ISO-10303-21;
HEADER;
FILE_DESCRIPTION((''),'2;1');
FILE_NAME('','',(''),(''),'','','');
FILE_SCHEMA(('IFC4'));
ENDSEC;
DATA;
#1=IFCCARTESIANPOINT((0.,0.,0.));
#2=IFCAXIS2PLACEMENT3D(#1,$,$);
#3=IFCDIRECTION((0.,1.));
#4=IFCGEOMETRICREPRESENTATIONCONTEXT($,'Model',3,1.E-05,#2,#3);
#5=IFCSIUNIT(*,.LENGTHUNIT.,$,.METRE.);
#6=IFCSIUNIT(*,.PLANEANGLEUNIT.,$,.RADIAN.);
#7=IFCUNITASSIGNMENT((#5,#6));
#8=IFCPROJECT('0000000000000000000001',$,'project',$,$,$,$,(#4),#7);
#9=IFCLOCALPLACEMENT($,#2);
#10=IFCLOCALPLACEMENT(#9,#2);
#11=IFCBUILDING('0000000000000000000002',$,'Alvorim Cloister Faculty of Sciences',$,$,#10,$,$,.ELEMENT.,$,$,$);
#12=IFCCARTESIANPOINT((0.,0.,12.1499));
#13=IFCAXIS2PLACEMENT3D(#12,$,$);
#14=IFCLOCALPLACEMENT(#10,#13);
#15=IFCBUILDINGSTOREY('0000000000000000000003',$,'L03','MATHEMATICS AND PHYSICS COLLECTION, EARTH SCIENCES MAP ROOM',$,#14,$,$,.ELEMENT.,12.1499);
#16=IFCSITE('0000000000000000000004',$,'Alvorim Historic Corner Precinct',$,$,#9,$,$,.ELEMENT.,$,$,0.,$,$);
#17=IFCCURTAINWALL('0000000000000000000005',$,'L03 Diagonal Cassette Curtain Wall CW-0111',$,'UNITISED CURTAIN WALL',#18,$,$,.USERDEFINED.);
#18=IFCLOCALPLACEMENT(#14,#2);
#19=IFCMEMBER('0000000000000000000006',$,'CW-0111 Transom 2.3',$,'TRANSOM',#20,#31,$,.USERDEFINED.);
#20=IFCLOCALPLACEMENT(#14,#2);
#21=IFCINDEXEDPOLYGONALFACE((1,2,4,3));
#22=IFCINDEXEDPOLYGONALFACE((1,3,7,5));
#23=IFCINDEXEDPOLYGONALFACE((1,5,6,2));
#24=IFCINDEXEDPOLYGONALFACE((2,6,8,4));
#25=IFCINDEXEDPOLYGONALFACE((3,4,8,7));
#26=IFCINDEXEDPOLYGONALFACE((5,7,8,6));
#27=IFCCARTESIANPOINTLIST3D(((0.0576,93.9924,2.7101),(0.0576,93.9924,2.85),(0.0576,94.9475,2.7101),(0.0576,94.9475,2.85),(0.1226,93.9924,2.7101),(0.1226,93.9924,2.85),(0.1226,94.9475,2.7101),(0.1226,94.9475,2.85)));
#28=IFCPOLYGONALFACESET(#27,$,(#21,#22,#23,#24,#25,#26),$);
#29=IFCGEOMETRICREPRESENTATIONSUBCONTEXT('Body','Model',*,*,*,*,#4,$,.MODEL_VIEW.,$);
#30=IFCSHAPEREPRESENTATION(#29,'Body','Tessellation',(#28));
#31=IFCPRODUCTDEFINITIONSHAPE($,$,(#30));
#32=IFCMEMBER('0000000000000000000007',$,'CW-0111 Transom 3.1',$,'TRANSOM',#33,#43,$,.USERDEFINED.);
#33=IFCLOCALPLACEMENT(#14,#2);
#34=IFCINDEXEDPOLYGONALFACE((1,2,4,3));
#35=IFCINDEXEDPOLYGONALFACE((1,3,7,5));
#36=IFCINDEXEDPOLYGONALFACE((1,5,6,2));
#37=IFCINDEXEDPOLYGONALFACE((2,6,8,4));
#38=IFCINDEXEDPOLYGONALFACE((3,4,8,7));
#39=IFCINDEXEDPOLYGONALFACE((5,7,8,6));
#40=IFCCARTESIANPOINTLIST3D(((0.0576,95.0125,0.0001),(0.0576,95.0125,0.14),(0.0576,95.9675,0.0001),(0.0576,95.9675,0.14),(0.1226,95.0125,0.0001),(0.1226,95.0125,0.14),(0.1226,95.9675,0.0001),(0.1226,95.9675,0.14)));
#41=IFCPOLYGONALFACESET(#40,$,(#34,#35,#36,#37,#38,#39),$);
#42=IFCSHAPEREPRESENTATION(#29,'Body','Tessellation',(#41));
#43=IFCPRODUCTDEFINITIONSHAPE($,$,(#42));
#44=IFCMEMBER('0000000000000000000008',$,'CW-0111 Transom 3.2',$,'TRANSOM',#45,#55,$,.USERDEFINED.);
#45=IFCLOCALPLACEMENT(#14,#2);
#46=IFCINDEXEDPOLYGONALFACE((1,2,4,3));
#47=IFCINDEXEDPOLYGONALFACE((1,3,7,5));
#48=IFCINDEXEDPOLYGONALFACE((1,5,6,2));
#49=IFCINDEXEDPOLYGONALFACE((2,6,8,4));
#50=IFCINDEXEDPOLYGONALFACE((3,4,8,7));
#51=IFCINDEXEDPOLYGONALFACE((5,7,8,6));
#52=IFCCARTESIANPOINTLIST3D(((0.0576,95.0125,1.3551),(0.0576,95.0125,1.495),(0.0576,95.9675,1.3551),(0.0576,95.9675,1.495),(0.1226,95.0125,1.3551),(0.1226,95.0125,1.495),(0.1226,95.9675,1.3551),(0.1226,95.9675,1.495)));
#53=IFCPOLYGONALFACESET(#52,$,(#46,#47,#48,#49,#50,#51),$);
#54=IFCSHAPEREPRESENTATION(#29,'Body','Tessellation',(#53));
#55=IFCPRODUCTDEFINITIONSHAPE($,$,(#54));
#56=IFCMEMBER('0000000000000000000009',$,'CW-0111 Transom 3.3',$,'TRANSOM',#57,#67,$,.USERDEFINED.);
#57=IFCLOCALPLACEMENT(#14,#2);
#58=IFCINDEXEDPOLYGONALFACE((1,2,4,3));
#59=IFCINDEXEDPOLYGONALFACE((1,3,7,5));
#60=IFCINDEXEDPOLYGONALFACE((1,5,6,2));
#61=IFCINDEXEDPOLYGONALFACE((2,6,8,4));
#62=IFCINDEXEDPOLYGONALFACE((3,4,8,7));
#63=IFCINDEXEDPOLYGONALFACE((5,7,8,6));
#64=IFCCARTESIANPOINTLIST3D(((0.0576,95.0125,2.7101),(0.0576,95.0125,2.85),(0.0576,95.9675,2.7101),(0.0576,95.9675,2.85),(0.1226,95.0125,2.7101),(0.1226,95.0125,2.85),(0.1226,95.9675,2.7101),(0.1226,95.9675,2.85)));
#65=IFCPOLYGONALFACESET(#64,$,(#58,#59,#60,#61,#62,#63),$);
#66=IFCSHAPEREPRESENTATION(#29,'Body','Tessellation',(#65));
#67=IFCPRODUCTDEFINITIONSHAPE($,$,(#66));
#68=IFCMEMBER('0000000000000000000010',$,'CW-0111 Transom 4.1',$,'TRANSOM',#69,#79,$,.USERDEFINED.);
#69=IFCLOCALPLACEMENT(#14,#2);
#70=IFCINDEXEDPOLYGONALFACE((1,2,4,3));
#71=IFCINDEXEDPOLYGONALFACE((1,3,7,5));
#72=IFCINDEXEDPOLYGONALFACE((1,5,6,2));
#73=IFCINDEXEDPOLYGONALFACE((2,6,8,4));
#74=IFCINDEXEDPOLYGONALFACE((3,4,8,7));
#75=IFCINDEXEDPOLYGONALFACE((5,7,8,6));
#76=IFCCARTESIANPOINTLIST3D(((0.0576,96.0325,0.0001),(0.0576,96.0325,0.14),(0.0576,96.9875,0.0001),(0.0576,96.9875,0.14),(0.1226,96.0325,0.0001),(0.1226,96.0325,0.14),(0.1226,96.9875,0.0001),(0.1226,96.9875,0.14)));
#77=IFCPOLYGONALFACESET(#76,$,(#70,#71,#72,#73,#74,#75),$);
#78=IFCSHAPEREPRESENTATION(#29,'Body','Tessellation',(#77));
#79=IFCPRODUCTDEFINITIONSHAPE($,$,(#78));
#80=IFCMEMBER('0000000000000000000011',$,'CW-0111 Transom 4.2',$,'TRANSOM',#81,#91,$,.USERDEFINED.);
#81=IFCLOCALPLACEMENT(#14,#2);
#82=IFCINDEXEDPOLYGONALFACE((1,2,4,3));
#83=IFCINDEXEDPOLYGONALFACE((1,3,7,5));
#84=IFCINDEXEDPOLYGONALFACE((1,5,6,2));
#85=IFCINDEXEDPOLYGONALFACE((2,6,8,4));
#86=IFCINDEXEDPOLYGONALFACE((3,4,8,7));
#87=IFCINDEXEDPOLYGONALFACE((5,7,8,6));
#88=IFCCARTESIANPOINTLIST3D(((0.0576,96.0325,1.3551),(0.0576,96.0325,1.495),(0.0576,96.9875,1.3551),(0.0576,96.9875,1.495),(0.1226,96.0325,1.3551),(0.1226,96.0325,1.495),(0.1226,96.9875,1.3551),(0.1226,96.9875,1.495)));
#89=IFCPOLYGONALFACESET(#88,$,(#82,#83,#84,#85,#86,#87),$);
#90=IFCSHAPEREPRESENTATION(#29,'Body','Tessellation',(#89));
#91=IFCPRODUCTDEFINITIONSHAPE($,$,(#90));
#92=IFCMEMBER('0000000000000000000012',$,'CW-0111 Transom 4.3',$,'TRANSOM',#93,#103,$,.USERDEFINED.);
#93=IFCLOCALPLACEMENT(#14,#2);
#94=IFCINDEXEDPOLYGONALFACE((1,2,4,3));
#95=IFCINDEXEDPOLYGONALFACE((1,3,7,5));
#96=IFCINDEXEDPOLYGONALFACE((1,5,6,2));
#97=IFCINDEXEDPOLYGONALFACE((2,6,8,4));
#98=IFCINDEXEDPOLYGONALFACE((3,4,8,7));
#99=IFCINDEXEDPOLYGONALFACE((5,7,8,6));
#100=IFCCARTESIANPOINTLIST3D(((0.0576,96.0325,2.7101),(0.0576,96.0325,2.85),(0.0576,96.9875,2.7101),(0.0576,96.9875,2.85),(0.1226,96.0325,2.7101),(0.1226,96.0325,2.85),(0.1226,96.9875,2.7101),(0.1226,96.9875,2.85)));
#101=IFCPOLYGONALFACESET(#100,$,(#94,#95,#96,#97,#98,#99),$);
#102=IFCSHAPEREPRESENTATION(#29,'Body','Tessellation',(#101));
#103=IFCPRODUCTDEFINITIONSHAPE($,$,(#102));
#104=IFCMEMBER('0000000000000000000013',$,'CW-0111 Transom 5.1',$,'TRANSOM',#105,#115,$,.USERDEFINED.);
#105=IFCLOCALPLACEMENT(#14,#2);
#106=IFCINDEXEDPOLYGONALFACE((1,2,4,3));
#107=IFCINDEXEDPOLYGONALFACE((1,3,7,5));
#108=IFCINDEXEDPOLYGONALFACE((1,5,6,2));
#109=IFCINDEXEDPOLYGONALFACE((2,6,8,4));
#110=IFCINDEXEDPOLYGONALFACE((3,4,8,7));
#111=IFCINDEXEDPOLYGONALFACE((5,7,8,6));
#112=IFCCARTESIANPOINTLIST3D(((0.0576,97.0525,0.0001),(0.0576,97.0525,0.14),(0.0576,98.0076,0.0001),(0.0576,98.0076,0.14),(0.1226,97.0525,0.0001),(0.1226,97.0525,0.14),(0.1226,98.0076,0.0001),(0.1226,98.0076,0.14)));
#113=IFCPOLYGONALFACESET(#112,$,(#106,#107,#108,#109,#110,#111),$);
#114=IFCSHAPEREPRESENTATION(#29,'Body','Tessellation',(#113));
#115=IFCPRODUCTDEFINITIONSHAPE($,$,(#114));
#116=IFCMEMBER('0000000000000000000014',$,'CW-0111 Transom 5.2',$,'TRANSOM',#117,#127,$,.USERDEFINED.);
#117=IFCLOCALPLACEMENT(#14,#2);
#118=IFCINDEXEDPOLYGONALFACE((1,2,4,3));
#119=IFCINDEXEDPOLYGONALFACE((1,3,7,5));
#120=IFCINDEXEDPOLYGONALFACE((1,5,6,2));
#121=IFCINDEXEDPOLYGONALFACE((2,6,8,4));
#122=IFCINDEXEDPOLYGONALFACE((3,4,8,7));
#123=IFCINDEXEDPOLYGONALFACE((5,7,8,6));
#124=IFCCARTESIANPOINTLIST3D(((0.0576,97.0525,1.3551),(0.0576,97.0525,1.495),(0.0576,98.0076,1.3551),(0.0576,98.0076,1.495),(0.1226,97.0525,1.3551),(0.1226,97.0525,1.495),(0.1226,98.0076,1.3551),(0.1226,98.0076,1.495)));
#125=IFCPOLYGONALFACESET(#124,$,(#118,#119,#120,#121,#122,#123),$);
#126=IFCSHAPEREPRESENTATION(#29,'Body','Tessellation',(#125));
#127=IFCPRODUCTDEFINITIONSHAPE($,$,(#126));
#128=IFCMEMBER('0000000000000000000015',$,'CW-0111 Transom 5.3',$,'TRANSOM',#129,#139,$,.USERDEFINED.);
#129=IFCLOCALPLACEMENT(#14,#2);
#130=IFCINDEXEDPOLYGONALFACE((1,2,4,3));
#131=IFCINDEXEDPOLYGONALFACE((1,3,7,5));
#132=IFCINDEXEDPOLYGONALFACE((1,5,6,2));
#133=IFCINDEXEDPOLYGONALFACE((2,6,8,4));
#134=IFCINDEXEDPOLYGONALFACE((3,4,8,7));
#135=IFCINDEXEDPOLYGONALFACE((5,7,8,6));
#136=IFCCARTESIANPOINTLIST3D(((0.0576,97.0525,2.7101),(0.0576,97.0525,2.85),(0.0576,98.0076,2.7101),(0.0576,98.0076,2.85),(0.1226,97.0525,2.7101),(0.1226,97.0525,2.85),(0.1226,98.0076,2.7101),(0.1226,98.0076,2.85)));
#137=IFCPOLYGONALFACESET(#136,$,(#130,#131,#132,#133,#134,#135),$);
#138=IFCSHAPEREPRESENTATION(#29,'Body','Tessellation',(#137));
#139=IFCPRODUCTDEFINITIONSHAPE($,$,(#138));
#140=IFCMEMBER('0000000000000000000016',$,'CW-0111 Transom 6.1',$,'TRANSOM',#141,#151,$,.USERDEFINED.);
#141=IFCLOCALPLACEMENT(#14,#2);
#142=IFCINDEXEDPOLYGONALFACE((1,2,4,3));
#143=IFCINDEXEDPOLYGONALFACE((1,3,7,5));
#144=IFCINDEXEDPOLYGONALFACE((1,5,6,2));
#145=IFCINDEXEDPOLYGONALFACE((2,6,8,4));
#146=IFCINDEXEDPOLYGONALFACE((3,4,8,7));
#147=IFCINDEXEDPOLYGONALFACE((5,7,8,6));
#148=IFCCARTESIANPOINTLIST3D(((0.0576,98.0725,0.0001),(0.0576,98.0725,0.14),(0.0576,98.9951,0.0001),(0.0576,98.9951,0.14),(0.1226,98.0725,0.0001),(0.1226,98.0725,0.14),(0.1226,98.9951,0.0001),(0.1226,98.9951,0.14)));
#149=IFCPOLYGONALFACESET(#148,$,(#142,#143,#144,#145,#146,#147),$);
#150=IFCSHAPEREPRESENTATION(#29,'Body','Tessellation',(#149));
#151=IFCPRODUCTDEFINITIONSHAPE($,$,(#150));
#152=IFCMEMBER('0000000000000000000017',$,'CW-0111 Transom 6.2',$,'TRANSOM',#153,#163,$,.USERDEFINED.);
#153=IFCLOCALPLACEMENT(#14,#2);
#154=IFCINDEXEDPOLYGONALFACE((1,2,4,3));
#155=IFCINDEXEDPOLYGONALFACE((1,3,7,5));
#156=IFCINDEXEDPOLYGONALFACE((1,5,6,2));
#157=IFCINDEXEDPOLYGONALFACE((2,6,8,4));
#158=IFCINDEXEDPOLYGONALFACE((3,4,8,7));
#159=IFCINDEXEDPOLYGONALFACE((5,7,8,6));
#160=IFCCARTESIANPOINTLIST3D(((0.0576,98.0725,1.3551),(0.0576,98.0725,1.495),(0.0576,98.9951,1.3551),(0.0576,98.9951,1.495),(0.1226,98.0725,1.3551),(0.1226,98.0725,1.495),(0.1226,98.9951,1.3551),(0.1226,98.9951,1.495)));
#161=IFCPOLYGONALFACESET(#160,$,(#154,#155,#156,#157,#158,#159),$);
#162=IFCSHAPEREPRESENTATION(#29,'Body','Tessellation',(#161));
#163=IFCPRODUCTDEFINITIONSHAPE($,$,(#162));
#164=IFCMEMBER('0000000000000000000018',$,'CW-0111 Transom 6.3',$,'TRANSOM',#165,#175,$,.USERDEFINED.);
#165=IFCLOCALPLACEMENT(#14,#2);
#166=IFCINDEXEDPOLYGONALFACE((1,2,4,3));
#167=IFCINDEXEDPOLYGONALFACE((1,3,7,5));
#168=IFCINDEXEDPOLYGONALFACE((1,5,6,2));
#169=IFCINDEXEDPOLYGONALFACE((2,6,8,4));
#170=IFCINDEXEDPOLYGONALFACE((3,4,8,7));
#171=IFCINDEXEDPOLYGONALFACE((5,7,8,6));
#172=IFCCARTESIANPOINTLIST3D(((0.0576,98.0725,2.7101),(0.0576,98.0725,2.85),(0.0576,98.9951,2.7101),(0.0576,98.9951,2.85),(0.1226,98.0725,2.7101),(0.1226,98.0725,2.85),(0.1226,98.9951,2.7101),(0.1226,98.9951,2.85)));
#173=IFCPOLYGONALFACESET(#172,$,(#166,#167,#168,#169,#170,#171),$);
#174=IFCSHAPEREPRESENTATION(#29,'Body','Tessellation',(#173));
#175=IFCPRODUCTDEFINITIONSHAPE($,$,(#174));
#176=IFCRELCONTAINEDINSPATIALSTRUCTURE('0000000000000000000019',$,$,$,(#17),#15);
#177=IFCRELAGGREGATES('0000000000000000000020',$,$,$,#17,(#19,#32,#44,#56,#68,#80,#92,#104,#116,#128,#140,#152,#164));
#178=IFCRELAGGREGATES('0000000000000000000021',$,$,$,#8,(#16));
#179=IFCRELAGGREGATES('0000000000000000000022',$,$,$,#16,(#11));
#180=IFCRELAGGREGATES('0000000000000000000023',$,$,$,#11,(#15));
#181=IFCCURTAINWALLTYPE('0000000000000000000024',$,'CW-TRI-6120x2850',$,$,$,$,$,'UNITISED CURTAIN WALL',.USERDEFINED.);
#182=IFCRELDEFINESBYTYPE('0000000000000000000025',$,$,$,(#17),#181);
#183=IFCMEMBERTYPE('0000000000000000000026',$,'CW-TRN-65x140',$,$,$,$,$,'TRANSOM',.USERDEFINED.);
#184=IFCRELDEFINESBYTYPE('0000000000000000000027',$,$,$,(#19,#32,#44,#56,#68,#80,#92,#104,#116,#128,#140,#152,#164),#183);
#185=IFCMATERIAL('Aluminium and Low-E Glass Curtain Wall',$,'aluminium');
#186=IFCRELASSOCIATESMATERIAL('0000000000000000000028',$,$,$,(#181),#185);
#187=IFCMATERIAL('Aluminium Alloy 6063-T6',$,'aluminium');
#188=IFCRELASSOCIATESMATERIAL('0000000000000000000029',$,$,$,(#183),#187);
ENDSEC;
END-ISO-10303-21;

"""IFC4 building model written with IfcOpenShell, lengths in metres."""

from ifc_helpers import new_model, si_unit, direction, frame, origin, origin_2d, place, context, subcontext, project, spatial, rectangle, extrude, material, material_profile, profile_set, type_object, element, aggregate, save


model = new_model("IFC4")

# Units and contexts
model_context = context("Model", 3, precision=1e-05, world=origin(), true_north=direction((0.0, 1.0)))
body_context = subcontext(model_context, "Body", "Model", "MODEL_VIEW")
ifc_project = project(units=[si_unit("LENGTHUNIT", "METRE"), si_unit("PLANEANGLEUNIT", "RADIAN")], contexts=[model_context])

# Site, building, storey
site_placement = place(None, origin())
site = spatial("IfcSite", under=ifc_project, at=site_placement, Name="Alvorim Historic Corner Precinct", CompositionType="ELEMENT", RefElevation=0.0)
building_placement = place(site_placement, origin())
building = spatial("IfcBuilding", under=site, at=building_placement, Name="Alvorim Cloister Faculty of Sciences", CompositionType="ELEMENT")
storey_placement = place(building_placement, frame((0.0, 0.0, 12.1499)))
storey = spatial("IfcBuildingStorey", under=building, at=storey_placement, Name="L03", Description="MATHEMATICS AND PHYSICS COLLECTION, EARTH SCIENCES MAP ROOM", CompositionType="ELEMENT", Elevation=12.1499)

# Curtain wall, members
ifc_material_1 = material(Name="Aluminium and Low-E Glass Curtain Wall", Category="aluminium")
curtain_wall_type = type_object("IfcCurtainWallType", Name="CW-TRI-6120x2850", ElementType="UNITISED CURTAIN WALL", PredefinedType="USERDEFINED", material=ifc_material_1)
curtain_wall_placement = place(storey_placement, origin())
curtain_wall = element("IfcCurtainWall", 1, at=curtain_wall_placement, inside=storey, type_object=curtain_wall_type, Name="L03 Diagonal Cassette Curtain Wall CW-0111", ObjectType="UNITISED CURTAIN WALL", PredefinedType="USERDEFINED")
ifc_material_2 = material(Name="Aluminium Alloy 6063-T6", Category="aluminium")
ifc_material_profile_1 = material_profile(ifc_material_2, rectangle(XDim=0.0649, YDim=0.1399, at=origin_2d()), Name="ALU-TRN-65x140")
ifc_profile_set_1 = profile_set([ifc_material_profile_1], Name="Aluminium Alloy 6063-T6")
member_type_1 = type_object("IfcMemberType", Name="CW-TRN-65x140", ElementType="TRANSOM", PredefinedType="USERDEFINED", material=ifc_profile_set_1)
member_1_placement = place(storey_placement, frame((0.0901, 93.9924, 2.78), z_axis=(0.0, 1.0, 0.0), x_axis=(-1.0, 0.0, 0.0)))
member_1 = element("IfcMember", 2, at=member_1_placement, type_object=member_type_1, Name="CW-0111 Transom 2.3", ObjectType="TRANSOM", PredefinedType="USERDEFINED", context=body_context, shape_type="SweptSolid", body=[
    extrude(rectangle(XDim=0.0649, YDim=0.1399, at=origin_2d()), origin(), (0.0, 0.0, 1.0), 0.9551),
])
member_2_placement = place(storey_placement, frame((0.0901, 95.0125, 0.0701), z_axis=(0.0, 1.0, 0.0), x_axis=(-1.0, 0.0, 0.0)))
member_2 = element("IfcMember", 3, at=member_2_placement, type_object=member_type_1, Name="CW-0111 Transom 3.1", ObjectType="TRANSOM", PredefinedType="USERDEFINED", context=body_context, shape_type="SweptSolid", body=[
    extrude(rectangle(XDim=0.0649, YDim=0.1399, at=origin_2d()), origin(), (0.0, 0.0, 1.0), 0.9551),
])
member_3_placement = place(storey_placement, frame((0.0901, 95.0125, 1.425), z_axis=(0.0, 1.0, 0.0), x_axis=(-1.0, 0.0, 0.0)))
member_3 = element("IfcMember", 4, at=member_3_placement, type_object=member_type_1, Name="CW-0111 Transom 3.2", ObjectType="TRANSOM", PredefinedType="USERDEFINED", context=body_context, shape_type="SweptSolid", body=[
    extrude(rectangle(XDim=0.0649, YDim=0.1399, at=origin_2d()), origin(), (0.0, 0.0, 1.0), 0.9551),
])
member_4_placement = place(storey_placement, frame((0.0901, 95.0125, 2.78), z_axis=(0.0, 1.0, 0.0), x_axis=(-1.0, 0.0, 0.0)))
member_4 = element("IfcMember", 5, at=member_4_placement, type_object=member_type_1, Name="CW-0111 Transom 3.3", ObjectType="TRANSOM", PredefinedType="USERDEFINED", context=body_context, shape_type="SweptSolid", body=[
    extrude(rectangle(XDim=0.0649, YDim=0.1399, at=origin_2d()), origin(), (0.0, 0.0, 1.0), 0.9551),
])
member_5_placement = place(storey_placement, frame((0.0901, 96.0325, 0.0701), z_axis=(0.0, 1.0, 0.0), x_axis=(-1.0, 0.0, 0.0)))
member_5 = element("IfcMember", 6, at=member_5_placement, type_object=member_type_1, Name="CW-0111 Transom 4.1", ObjectType="TRANSOM", PredefinedType="USERDEFINED", context=body_context, shape_type="SweptSolid", body=[
    extrude(rectangle(XDim=0.0649, YDim=0.1399, at=origin_2d()), origin(), (0.0, 0.0, 1.0), 0.9551),
])
member_6_placement = place(storey_placement, frame((0.0901, 96.0325, 1.425), z_axis=(0.0, 1.0, 0.0), x_axis=(-1.0, 0.0, 0.0)))
member_6 = element("IfcMember", 7, at=member_6_placement, type_object=member_type_1, Name="CW-0111 Transom 4.2", ObjectType="TRANSOM", PredefinedType="USERDEFINED", context=body_context, shape_type="SweptSolid", body=[
    extrude(rectangle(XDim=0.0649, YDim=0.1399, at=origin_2d()), origin(), (0.0, 0.0, 1.0), 0.9551),
])
member_7_placement = place(storey_placement, frame((0.0901, 96.0325, 2.78), z_axis=(0.0, 1.0, 0.0), x_axis=(-1.0, 0.0, 0.0)))
member_7 = element("IfcMember", 8, at=member_7_placement, type_object=member_type_1, Name="CW-0111 Transom 4.3", ObjectType="TRANSOM", PredefinedType="USERDEFINED", context=body_context, shape_type="SweptSolid", body=[
    extrude(rectangle(XDim=0.0649, YDim=0.1399, at=origin_2d()), origin(), (0.0, 0.0, 1.0), 0.9551),
])
member_8_placement = place(storey_placement, frame((0.0901, 97.0525, 0.0701), z_axis=(0.0, 1.0, 0.0), x_axis=(-1.0, 0.0, 0.0)))
member_8 = element("IfcMember", 9, at=member_8_placement, type_object=member_type_1, Name="CW-0111 Transom 5.1", ObjectType="TRANSOM", PredefinedType="USERDEFINED", context=body_context, shape_type="SweptSolid", body=[
    extrude(rectangle(XDim=0.0649, YDim=0.1399, at=origin_2d()), origin(), (0.0, 0.0, 1.0), 0.9551),
])
member_9_placement = place(storey_placement, frame((0.0901, 97.0525, 1.425), z_axis=(0.0, 1.0, 0.0), x_axis=(-1.0, 0.0, 0.0)))
member_9 = element("IfcMember", 10, at=member_9_placement, type_object=member_type_1, Name="CW-0111 Transom 5.2", ObjectType="TRANSOM", PredefinedType="USERDEFINED", context=body_context, shape_type="SweptSolid", body=[
    extrude(rectangle(XDim=0.0649, YDim=0.1399, at=origin_2d()), origin(), (0.0, 0.0, 1.0), 0.9551),
])
member_10_placement = place(storey_placement, frame((0.0901, 97.0525, 2.78), z_axis=(0.0, 1.0, 0.0), x_axis=(-1.0, 0.0, 0.0)))
member_10 = element("IfcMember", 11, at=member_10_placement, type_object=member_type_1, Name="CW-0111 Transom 5.3", ObjectType="TRANSOM", PredefinedType="USERDEFINED", context=body_context, shape_type="SweptSolid", body=[
    extrude(rectangle(XDim=0.0649, YDim=0.1399, at=origin_2d()), origin(), (0.0, 0.0, 1.0), 0.9551),
])
member_11_placement = place(storey_placement, frame((0.0901, 98.0725, 0.0701), z_axis=(0.0, 1.0, 0.0), x_axis=(-1.0, 0.0, 0.0)))
member_11 = element("IfcMember", 12, at=member_11_placement, type_object=member_type_1, Name="CW-0111 Transom 6.1", ObjectType="TRANSOM", PredefinedType="USERDEFINED", context=body_context, shape_type="SweptSolid", body=[
    extrude(rectangle(XDim=0.0649, YDim=0.1399, at=origin_2d()), origin(), (0.0, 0.0, 1.0), 0.9226),
])
member_12_placement = place(storey_placement, frame((0.0901, 98.0725, 1.425), z_axis=(0.0, 1.0, 0.0), x_axis=(-1.0, 0.0, 0.0)))
member_12 = element("IfcMember", 13, at=member_12_placement, type_object=member_type_1, Name="CW-0111 Transom 6.2", ObjectType="TRANSOM", PredefinedType="USERDEFINED", context=body_context, shape_type="SweptSolid", body=[
    extrude(rectangle(XDim=0.0649, YDim=0.1399, at=origin_2d()), origin(), (0.0, 0.0, 1.0), 0.9226),
])
member_13_placement = place(storey_placement, frame((0.0901, 98.0725, 2.78), z_axis=(0.0, 1.0, 0.0), x_axis=(-1.0, 0.0, 0.0)))
member_13 = element("IfcMember", 14, at=member_13_placement, type_object=member_type_1, Name="CW-0111 Transom 6.3", ObjectType="TRANSOM", PredefinedType="USERDEFINED", context=body_context, shape_type="SweptSolid", body=[
    extrude(rectangle(XDim=0.0649, YDim=0.1399, at=origin_2d()), origin(), (0.0, 0.0, 1.0), 0.9226),
])
aggregate(curtain_wall, [member_1, member_2, member_3, member_4, member_5, member_6, member_7, member_8, member_9, member_10, member_11, member_12, member_13])

save(model, "model.ifc")
